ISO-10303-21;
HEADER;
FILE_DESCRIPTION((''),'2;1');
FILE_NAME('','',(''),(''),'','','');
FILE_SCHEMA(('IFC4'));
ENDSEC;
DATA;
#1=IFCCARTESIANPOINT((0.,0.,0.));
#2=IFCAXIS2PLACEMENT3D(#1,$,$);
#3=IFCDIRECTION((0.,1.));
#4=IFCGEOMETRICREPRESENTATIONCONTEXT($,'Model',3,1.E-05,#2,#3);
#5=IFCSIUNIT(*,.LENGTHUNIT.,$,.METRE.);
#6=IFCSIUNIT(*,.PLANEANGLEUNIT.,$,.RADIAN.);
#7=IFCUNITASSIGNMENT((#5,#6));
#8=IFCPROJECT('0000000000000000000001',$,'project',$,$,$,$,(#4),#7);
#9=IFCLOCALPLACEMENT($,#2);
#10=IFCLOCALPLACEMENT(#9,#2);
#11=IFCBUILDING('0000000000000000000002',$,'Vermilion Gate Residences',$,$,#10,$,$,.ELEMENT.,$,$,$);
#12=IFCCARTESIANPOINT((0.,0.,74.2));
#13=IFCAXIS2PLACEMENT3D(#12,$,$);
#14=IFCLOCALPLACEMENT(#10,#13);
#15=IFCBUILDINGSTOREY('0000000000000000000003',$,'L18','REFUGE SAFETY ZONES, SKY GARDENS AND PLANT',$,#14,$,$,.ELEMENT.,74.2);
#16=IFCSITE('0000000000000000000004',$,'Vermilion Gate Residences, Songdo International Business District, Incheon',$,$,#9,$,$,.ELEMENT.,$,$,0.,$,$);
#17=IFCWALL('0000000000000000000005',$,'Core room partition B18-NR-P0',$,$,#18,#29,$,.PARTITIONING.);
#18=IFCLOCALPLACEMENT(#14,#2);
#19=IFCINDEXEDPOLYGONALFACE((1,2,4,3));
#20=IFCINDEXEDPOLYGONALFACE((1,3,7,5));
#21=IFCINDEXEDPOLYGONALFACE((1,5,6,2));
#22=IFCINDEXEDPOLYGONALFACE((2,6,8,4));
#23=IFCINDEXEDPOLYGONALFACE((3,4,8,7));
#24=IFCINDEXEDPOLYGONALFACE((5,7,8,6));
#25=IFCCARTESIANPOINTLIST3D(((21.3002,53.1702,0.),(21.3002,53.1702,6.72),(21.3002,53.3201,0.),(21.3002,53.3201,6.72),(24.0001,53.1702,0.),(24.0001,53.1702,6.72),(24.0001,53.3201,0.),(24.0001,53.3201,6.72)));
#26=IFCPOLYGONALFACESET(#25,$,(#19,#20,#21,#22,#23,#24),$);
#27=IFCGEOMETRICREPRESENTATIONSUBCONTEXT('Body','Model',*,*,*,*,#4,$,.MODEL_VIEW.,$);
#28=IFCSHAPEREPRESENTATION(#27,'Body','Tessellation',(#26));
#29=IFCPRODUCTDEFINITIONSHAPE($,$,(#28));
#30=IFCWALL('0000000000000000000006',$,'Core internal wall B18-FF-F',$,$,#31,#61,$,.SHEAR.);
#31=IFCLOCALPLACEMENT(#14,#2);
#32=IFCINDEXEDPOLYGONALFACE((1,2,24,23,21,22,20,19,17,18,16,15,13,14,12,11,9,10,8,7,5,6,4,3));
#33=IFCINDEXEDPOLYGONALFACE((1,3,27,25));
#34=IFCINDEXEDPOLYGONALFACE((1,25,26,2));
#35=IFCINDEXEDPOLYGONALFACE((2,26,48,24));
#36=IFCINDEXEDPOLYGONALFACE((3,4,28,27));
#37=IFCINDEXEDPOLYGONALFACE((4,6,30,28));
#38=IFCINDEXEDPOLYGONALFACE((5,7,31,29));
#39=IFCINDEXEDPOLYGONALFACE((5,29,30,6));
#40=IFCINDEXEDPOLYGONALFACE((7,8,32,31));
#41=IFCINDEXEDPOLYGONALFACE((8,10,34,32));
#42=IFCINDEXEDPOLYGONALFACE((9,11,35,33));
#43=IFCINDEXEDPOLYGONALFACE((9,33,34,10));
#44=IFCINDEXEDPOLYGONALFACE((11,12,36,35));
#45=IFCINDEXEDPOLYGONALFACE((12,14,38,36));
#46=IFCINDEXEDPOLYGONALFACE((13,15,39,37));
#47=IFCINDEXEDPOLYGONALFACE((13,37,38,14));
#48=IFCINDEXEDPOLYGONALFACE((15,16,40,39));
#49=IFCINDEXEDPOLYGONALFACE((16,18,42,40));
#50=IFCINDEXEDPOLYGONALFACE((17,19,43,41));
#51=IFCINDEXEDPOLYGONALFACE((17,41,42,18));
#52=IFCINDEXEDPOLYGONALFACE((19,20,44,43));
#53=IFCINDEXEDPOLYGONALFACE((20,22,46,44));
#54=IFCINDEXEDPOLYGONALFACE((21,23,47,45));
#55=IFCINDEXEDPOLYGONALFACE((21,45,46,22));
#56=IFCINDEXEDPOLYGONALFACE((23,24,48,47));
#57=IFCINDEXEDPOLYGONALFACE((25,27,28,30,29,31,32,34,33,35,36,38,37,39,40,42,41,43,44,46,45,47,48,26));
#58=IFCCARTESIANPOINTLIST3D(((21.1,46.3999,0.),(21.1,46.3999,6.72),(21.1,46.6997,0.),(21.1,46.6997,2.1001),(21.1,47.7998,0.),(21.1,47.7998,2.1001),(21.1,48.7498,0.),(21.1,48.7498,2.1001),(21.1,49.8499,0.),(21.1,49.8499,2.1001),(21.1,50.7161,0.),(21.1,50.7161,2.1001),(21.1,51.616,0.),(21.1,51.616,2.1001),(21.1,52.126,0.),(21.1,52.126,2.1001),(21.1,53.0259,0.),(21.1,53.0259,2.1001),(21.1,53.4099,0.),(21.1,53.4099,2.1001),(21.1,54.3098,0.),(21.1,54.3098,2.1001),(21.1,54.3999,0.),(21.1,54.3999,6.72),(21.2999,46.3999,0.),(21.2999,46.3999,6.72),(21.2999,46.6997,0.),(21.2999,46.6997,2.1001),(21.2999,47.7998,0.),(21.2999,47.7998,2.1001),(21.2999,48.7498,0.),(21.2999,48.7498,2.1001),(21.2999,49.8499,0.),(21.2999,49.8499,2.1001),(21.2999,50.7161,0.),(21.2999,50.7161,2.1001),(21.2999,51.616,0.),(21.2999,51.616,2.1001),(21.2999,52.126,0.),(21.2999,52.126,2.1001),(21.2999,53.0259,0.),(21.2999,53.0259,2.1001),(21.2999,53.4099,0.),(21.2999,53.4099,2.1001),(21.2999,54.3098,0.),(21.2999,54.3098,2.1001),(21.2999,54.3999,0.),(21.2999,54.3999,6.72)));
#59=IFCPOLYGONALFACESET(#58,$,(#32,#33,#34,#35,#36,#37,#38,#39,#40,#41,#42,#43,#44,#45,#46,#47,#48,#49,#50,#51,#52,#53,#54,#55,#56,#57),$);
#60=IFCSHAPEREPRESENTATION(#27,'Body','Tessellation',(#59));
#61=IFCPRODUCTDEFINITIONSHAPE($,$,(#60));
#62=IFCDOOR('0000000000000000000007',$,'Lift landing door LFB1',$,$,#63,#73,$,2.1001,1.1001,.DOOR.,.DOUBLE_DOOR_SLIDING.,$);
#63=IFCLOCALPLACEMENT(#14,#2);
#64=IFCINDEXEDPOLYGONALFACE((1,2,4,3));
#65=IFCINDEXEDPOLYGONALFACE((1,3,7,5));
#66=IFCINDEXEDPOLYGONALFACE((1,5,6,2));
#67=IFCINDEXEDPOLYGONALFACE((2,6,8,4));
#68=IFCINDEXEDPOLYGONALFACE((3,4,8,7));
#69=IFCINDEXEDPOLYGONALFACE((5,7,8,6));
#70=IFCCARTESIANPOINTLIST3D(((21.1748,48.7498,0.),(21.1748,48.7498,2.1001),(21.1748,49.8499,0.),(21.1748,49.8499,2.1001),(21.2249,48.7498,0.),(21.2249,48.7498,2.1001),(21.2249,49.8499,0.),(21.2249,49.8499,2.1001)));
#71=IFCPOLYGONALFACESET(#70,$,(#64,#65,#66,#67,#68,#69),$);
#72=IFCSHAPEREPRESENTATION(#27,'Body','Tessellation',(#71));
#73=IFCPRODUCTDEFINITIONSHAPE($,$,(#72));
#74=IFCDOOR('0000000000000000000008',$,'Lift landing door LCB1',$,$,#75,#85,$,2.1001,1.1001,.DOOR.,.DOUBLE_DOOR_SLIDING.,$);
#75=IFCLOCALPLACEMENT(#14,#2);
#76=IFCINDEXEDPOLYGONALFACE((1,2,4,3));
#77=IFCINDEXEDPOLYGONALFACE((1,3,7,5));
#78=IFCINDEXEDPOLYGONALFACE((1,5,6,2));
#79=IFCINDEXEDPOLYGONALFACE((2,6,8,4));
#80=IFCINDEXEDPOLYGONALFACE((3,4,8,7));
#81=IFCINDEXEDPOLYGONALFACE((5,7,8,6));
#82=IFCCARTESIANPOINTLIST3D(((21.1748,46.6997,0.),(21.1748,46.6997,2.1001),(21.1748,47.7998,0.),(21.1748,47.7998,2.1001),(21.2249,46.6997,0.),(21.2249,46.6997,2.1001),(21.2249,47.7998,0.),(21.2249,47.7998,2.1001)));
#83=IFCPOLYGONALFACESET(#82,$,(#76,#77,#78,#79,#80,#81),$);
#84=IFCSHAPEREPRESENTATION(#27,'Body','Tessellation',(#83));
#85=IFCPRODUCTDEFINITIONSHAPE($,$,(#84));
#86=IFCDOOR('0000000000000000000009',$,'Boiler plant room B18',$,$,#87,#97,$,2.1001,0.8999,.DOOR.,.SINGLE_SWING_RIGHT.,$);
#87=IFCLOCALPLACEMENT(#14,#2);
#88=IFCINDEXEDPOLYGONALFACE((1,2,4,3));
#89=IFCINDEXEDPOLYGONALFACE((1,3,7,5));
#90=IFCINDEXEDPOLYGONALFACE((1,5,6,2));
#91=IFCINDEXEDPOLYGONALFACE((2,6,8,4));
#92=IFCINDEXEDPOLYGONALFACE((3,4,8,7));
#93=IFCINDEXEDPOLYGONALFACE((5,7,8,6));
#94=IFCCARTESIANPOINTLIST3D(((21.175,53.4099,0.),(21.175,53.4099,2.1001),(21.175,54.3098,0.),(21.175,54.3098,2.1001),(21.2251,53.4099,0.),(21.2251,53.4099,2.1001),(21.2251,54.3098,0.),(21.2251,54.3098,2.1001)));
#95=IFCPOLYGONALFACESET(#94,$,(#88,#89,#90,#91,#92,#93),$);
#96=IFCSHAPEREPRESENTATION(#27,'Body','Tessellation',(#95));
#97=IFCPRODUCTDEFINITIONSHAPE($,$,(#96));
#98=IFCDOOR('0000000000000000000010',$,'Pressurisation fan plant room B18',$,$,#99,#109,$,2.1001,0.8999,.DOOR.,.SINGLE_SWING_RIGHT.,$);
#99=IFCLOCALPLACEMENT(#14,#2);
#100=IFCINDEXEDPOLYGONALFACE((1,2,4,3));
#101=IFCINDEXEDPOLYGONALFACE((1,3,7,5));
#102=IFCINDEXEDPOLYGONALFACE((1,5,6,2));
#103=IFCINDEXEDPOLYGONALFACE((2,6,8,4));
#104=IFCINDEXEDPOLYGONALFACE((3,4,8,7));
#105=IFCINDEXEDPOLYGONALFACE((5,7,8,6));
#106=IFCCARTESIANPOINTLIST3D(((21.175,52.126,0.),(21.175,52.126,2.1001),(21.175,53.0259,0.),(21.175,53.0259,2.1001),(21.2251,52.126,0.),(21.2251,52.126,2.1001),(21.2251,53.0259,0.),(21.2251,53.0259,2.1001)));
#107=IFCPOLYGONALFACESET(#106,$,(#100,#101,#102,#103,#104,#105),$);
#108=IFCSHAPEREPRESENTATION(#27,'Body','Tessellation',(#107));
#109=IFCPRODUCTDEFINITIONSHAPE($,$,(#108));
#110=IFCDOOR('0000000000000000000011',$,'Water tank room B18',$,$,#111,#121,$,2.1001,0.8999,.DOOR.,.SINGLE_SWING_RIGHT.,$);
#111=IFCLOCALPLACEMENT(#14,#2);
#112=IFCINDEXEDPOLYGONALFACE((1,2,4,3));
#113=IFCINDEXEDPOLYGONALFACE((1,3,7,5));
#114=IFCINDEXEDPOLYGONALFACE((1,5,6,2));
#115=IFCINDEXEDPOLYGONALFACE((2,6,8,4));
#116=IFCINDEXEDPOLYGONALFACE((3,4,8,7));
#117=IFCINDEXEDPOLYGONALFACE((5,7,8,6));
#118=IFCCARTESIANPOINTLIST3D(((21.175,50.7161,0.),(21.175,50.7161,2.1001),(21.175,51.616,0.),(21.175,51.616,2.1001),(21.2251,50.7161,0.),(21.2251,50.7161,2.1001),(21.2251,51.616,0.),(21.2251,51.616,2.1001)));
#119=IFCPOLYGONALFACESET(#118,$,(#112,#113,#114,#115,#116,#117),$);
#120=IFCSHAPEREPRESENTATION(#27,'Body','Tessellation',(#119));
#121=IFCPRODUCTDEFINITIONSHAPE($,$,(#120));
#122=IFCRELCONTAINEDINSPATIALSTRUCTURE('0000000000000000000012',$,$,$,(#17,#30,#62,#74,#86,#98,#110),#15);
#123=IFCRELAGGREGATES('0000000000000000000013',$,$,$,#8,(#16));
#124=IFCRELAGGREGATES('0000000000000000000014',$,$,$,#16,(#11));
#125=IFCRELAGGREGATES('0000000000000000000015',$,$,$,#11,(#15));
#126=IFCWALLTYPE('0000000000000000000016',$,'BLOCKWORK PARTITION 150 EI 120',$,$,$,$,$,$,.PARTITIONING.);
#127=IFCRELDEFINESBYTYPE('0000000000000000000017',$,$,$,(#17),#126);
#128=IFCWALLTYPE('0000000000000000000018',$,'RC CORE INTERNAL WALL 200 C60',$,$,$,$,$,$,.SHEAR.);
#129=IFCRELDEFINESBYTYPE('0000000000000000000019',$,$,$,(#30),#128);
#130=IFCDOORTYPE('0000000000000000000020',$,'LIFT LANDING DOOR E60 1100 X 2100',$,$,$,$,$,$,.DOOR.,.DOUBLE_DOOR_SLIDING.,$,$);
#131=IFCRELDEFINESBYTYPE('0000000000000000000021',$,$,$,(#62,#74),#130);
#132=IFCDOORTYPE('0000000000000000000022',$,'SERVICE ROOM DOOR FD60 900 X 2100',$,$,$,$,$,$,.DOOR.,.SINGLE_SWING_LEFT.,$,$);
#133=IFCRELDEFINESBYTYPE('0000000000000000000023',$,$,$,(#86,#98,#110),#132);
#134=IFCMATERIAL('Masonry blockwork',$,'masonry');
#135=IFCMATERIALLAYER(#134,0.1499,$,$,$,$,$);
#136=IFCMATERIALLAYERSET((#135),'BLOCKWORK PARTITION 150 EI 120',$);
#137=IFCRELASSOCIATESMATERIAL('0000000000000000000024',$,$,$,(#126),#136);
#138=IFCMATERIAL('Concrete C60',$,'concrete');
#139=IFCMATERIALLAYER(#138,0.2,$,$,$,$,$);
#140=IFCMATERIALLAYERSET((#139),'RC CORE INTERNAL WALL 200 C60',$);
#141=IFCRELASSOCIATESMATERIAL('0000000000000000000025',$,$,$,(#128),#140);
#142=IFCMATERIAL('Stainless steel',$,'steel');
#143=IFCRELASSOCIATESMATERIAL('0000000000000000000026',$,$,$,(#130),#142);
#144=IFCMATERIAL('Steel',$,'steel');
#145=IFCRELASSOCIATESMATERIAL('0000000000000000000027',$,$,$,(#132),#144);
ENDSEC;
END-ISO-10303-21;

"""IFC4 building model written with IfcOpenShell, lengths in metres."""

from ifc_helpers import new_model, si_unit, direction, frame, frame_2d, origin, place, context, subcontext, project, spatial, rectangle, extrude, material, layer, layer_set, type_object, element, fill, save


model = new_model("IFC4")

# Units and contexts
model_context = context("Model", 3, precision=1e-05, world=origin(), true_north=direction((0.0, 1.0)))
body_context = subcontext(model_context, "Body", "Model", "MODEL_VIEW")
ifc_project = project(units=[si_unit("LENGTHUNIT", "METRE"), si_unit("PLANEANGLEUNIT", "RADIAN")], contexts=[model_context])

# Site, building, storey
site_placement = place(None, origin())
site = spatial("IfcSite", under=ifc_project, at=site_placement, Name="Vermilion Gate Residences, Songdo International Business District, Incheon", CompositionType="ELEMENT", RefElevation=0.0)
building_placement = place(site_placement, origin())
building = spatial("IfcBuilding", under=site, at=building_placement, Name="Vermilion Gate Residences", CompositionType="ELEMENT")
storey_placement = place(building_placement, frame((0.0, 0.0, 74.2)))
storey = spatial("IfcBuildingStorey", under=building, at=storey_placement, Name="L18", Description="REFUGE SAFETY ZONES, SKY GARDENS AND PLANT", CompositionType="ELEMENT", Elevation=74.2)

# Wall
ifc_material_1 = material(Name="Masonry blockwork", Category="masonry")
ifc_layer_1 = layer(ifc_material_1, 0.1499)
ifc_layer_set_1 = layer_set([ifc_layer_1], Name="BLOCKWORK PARTITION 150 EI 120")
wall_type_1 = type_object("IfcWallType", Name="BLOCKWORK PARTITION 150 EI 120", PredefinedType="PARTITIONING", material=ifc_layer_set_1)
wall_1_placement = place(storey_placement, frame((21.3, 53.2451, 0.0), z_axis=(0.0, 0.0, 1.0), x_axis=(1.0, 0.0, 0.0)))
element("IfcWall", 1, at=wall_1_placement, inside=storey, type_object=wall_type_1, Name="Core room partition B18-NR-P0", PredefinedType="PARTITIONING", context=body_context, shape_type="SweptSolid", body=[
    extrude(rectangle(XDim=2.7, YDim=0.1499, at=frame_2d((1.3501, 0.0))), origin(), (0.0, 0.0, 1.0), 6.72),
])

# Wall, openings, doors
ifc_material_2 = material(Name="Concrete C60", Category="concrete")
ifc_layer_2 = layer(ifc_material_2, 0.2)
ifc_layer_set_2 = layer_set([ifc_layer_2], Name="RC CORE INTERNAL WALL 200 C60")
wall_type_2 = type_object("IfcWallType", Name="RC CORE INTERNAL WALL 200 C60", PredefinedType="SHEAR", material=ifc_layer_set_2)
wall_2_placement = place(storey_placement, frame((21.2, 54.3999, 0.0), z_axis=(0.0, 0.0, 1.0), x_axis=(0.0, -1.0, 0.0)))
wall_2 = element("IfcWall", 2, at=wall_2_placement, inside=storey, type_object=wall_type_2, Name="Core internal wall B18-FF-F", PredefinedType="SHEAR", context=body_context, shape_type="SweptSolid", body=[
    extrude(rectangle(XDim=8.0, YDim=0.2, at=frame_2d((4.0, 0.0))), origin(), (0.0, 0.0, 1.0), 6.72),
])
opening_1_placement = place(wall_2_placement, frame((0.0901, 0.0, 0.0)))
opening_1 = element("IfcOpeningElement", 3, at=opening_1_placement, cuts=wall_2, PredefinedType="OPENING", context=body_context, shape_type="SweptSolid", body=[
    extrude(rectangle(XDim=0.8999, YDim=2.1001, at=frame_2d((0.45, 1.05))), frame((0.0, 0.1099, 0.0), z_axis=(0.0, -1.0, 0.0), x_axis=(1.0, 0.0, 0.0)), (0.0, 0.0, 1.0), 0.22),
])
opening_2_placement = place(wall_2_placement, frame((1.374, 0.0, 0.0)))
opening_2 = element("IfcOpeningElement", 4, at=opening_2_placement, cuts=wall_2, PredefinedType="OPENING", context=body_context, shape_type="SweptSolid", body=[
    extrude(rectangle(XDim=0.8999, YDim=2.1001, at=frame_2d((0.45, 1.05))), frame((0.0, 0.1099, 0.0), z_axis=(0.0, -1.0, 0.0), x_axis=(1.0, 0.0, 0.0)), (0.0, 0.0, 1.0), 0.22),
])
opening_3_placement = place(wall_2_placement, frame((2.7839, 0.0, 0.0)))
opening_3 = element("IfcOpeningElement", 5, at=opening_3_placement, cuts=wall_2, PredefinedType="OPENING", context=body_context, shape_type="SweptSolid", body=[
    extrude(rectangle(XDim=0.8999, YDim=2.1001, at=frame_2d((0.45, 1.05))), frame((0.0, 0.1099, 0.0), z_axis=(0.0, -1.0, 0.0), x_axis=(1.0, 0.0, 0.0)), (0.0, 0.0, 1.0), 0.22),
])
opening_4_placement = place(wall_2_placement, frame((4.55, 0.0, 0.0)))
opening_4 = element("IfcOpeningElement", 6, at=opening_4_placement, cuts=wall_2, PredefinedType="OPENING", context=body_context, shape_type="SweptSolid", body=[
    extrude(rectangle(XDim=1.1001, YDim=2.1001, at=frame_2d((0.55, 1.05))), frame((0.0, 0.1099, 0.0), z_axis=(0.0, -1.0, 0.0), x_axis=(1.0, 0.0, 0.0)), (0.0, 0.0, 1.0), 0.22),
])
opening_5_placement = place(wall_2_placement, frame((6.6001, 0.0, 0.0)))
opening_5 = element("IfcOpeningElement", 7, at=opening_5_placement, cuts=wall_2, PredefinedType="OPENING", context=body_context, shape_type="SweptSolid", body=[
    extrude(rectangle(XDim=1.1001, YDim=2.1001, at=frame_2d((0.55, 1.05))), frame((0.0, 0.1099, 0.0), z_axis=(0.0, -1.0, 0.0), x_axis=(1.0, 0.0, 0.0)), (0.0, 0.0, 1.0), 0.22),
])
ifc_material_3 = material(Name="Stainless steel", Category="steel")
door_type_1 = type_object("IfcDoorType", Name="LIFT LANDING DOOR E60 1100 X 2100", OperationType="DOUBLE_DOOR_SLIDING", PredefinedType="DOOR", material=ifc_material_3)
door_1_placement = place(opening_4_placement, origin())
door_1 = element("IfcDoor", 8, at=door_1_placement, inside=storey, type_object=door_type_1, Name="Lift landing door LFB1", OperationType="DOUBLE_DOOR_SLIDING", OverallHeight=2.1001, OverallWidth=1.1001, PredefinedType="DOOR", context=body_context, shape_type="SweptSolid", body=[
    extrude(rectangle(XDim=1.1001, YDim=2.1001, at=frame_2d((0.55, 1.05))), frame((0.0, 0.0249, 0.0), z_axis=(0.0, -1.0, 0.0), x_axis=(1.0, 0.0, 0.0)), (0.0, 0.0, 1.0), 0.05),
])
fill(opening_4, door_1)
door_2_placement = place(opening_5_placement, origin())
door_2 = element("IfcDoor", 9, at=door_2_placement, inside=storey, type_object=door_type_1, Name="Lift landing door LCB1", OperationType="DOUBLE_DOOR_SLIDING", OverallHeight=2.1001, OverallWidth=1.1001, PredefinedType="DOOR", context=body_context, shape_type="SweptSolid", body=[
    extrude(rectangle(XDim=1.1001, YDim=2.1001, at=frame_2d((0.55, 1.05))), frame((0.0, 0.0249, 0.0), z_axis=(0.0, -1.0, 0.0), x_axis=(1.0, 0.0, 0.0)), (0.0, 0.0, 1.0), 0.05),
])
fill(opening_5, door_2)
ifc_material_4 = material(Name="Steel", Category="steel")
door_type_2 = type_object("IfcDoorType", Name="SERVICE ROOM DOOR FD60 900 X 2100", OperationType="SINGLE_SWING_LEFT", PredefinedType="DOOR", material=ifc_material_4)
door_3_placement = place(opening_1_placement, frame((0.8999, 0.0, 0.0), z_axis=(0.0, 0.0, 1.0), x_axis=(-1.0, 0.0, 0.0)))
door_3 = element("IfcDoor", 10, at=door_3_placement, inside=storey, type_object=door_type_2, Name="Boiler plant room B18", OperationType="SINGLE_SWING_RIGHT", OverallHeight=2.1001, OverallWidth=0.8999, PredefinedType="DOOR", context=body_context, shape_type="SweptSolid", body=[
    extrude(rectangle(XDim=0.8999, YDim=2.1001, at=frame_2d((0.45, 1.05))), frame((0.0, 0.0249, 0.0), z_axis=(0.0, -1.0, 0.0), x_axis=(1.0, 0.0, 0.0)), (0.0, 0.0, 1.0), 0.05),
])
fill(opening_1, door_3)
door_4_placement = place(opening_2_placement, frame((0.8999, 0.0, 0.0), z_axis=(0.0, 0.0, 1.0), x_axis=(-1.0, 0.0, 0.0)))
door_4 = element("IfcDoor", 11, at=door_4_placement, inside=storey, type_object=door_type_2, Name="Pressurisation fan plant room B18", OperationType="SINGLE_SWING_RIGHT", OverallHeight=2.1001, OverallWidth=0.8999, PredefinedType="DOOR", context=body_context, shape_type="SweptSolid", body=[
    extrude(rectangle(XDim=0.8999, YDim=2.1001, at=frame_2d((0.45, 1.05))), frame((0.0, 0.0249, 0.0), z_axis=(0.0, -1.0, 0.0), x_axis=(1.0, 0.0, 0.0)), (0.0, 0.0, 1.0), 0.05),
])
fill(opening_2, door_4)
door_5_placement = place(opening_3_placement, frame((0.8999, 0.0, 0.0), z_axis=(0.0, 0.0, 1.0), x_axis=(-1.0, 0.0, 0.0)))
door_5 = element("IfcDoor", 12, at=door_5_placement, inside=storey, type_object=door_type_2, Name="Water tank room B18", OperationType="SINGLE_SWING_RIGHT", OverallHeight=2.1001, OverallWidth=0.8999, PredefinedType="DOOR", context=body_context, shape_type="SweptSolid", body=[
    extrude(rectangle(XDim=0.8999, YDim=2.1001, at=frame_2d((0.45, 1.05))), frame((0.0, 0.0249, 0.0), z_axis=(0.0, -1.0, 0.0), x_axis=(1.0, 0.0, 0.0)), (0.0, 0.0, 1.0), 0.05),
])
fill(opening_3, door_5)

save(model, "model.ifc")
